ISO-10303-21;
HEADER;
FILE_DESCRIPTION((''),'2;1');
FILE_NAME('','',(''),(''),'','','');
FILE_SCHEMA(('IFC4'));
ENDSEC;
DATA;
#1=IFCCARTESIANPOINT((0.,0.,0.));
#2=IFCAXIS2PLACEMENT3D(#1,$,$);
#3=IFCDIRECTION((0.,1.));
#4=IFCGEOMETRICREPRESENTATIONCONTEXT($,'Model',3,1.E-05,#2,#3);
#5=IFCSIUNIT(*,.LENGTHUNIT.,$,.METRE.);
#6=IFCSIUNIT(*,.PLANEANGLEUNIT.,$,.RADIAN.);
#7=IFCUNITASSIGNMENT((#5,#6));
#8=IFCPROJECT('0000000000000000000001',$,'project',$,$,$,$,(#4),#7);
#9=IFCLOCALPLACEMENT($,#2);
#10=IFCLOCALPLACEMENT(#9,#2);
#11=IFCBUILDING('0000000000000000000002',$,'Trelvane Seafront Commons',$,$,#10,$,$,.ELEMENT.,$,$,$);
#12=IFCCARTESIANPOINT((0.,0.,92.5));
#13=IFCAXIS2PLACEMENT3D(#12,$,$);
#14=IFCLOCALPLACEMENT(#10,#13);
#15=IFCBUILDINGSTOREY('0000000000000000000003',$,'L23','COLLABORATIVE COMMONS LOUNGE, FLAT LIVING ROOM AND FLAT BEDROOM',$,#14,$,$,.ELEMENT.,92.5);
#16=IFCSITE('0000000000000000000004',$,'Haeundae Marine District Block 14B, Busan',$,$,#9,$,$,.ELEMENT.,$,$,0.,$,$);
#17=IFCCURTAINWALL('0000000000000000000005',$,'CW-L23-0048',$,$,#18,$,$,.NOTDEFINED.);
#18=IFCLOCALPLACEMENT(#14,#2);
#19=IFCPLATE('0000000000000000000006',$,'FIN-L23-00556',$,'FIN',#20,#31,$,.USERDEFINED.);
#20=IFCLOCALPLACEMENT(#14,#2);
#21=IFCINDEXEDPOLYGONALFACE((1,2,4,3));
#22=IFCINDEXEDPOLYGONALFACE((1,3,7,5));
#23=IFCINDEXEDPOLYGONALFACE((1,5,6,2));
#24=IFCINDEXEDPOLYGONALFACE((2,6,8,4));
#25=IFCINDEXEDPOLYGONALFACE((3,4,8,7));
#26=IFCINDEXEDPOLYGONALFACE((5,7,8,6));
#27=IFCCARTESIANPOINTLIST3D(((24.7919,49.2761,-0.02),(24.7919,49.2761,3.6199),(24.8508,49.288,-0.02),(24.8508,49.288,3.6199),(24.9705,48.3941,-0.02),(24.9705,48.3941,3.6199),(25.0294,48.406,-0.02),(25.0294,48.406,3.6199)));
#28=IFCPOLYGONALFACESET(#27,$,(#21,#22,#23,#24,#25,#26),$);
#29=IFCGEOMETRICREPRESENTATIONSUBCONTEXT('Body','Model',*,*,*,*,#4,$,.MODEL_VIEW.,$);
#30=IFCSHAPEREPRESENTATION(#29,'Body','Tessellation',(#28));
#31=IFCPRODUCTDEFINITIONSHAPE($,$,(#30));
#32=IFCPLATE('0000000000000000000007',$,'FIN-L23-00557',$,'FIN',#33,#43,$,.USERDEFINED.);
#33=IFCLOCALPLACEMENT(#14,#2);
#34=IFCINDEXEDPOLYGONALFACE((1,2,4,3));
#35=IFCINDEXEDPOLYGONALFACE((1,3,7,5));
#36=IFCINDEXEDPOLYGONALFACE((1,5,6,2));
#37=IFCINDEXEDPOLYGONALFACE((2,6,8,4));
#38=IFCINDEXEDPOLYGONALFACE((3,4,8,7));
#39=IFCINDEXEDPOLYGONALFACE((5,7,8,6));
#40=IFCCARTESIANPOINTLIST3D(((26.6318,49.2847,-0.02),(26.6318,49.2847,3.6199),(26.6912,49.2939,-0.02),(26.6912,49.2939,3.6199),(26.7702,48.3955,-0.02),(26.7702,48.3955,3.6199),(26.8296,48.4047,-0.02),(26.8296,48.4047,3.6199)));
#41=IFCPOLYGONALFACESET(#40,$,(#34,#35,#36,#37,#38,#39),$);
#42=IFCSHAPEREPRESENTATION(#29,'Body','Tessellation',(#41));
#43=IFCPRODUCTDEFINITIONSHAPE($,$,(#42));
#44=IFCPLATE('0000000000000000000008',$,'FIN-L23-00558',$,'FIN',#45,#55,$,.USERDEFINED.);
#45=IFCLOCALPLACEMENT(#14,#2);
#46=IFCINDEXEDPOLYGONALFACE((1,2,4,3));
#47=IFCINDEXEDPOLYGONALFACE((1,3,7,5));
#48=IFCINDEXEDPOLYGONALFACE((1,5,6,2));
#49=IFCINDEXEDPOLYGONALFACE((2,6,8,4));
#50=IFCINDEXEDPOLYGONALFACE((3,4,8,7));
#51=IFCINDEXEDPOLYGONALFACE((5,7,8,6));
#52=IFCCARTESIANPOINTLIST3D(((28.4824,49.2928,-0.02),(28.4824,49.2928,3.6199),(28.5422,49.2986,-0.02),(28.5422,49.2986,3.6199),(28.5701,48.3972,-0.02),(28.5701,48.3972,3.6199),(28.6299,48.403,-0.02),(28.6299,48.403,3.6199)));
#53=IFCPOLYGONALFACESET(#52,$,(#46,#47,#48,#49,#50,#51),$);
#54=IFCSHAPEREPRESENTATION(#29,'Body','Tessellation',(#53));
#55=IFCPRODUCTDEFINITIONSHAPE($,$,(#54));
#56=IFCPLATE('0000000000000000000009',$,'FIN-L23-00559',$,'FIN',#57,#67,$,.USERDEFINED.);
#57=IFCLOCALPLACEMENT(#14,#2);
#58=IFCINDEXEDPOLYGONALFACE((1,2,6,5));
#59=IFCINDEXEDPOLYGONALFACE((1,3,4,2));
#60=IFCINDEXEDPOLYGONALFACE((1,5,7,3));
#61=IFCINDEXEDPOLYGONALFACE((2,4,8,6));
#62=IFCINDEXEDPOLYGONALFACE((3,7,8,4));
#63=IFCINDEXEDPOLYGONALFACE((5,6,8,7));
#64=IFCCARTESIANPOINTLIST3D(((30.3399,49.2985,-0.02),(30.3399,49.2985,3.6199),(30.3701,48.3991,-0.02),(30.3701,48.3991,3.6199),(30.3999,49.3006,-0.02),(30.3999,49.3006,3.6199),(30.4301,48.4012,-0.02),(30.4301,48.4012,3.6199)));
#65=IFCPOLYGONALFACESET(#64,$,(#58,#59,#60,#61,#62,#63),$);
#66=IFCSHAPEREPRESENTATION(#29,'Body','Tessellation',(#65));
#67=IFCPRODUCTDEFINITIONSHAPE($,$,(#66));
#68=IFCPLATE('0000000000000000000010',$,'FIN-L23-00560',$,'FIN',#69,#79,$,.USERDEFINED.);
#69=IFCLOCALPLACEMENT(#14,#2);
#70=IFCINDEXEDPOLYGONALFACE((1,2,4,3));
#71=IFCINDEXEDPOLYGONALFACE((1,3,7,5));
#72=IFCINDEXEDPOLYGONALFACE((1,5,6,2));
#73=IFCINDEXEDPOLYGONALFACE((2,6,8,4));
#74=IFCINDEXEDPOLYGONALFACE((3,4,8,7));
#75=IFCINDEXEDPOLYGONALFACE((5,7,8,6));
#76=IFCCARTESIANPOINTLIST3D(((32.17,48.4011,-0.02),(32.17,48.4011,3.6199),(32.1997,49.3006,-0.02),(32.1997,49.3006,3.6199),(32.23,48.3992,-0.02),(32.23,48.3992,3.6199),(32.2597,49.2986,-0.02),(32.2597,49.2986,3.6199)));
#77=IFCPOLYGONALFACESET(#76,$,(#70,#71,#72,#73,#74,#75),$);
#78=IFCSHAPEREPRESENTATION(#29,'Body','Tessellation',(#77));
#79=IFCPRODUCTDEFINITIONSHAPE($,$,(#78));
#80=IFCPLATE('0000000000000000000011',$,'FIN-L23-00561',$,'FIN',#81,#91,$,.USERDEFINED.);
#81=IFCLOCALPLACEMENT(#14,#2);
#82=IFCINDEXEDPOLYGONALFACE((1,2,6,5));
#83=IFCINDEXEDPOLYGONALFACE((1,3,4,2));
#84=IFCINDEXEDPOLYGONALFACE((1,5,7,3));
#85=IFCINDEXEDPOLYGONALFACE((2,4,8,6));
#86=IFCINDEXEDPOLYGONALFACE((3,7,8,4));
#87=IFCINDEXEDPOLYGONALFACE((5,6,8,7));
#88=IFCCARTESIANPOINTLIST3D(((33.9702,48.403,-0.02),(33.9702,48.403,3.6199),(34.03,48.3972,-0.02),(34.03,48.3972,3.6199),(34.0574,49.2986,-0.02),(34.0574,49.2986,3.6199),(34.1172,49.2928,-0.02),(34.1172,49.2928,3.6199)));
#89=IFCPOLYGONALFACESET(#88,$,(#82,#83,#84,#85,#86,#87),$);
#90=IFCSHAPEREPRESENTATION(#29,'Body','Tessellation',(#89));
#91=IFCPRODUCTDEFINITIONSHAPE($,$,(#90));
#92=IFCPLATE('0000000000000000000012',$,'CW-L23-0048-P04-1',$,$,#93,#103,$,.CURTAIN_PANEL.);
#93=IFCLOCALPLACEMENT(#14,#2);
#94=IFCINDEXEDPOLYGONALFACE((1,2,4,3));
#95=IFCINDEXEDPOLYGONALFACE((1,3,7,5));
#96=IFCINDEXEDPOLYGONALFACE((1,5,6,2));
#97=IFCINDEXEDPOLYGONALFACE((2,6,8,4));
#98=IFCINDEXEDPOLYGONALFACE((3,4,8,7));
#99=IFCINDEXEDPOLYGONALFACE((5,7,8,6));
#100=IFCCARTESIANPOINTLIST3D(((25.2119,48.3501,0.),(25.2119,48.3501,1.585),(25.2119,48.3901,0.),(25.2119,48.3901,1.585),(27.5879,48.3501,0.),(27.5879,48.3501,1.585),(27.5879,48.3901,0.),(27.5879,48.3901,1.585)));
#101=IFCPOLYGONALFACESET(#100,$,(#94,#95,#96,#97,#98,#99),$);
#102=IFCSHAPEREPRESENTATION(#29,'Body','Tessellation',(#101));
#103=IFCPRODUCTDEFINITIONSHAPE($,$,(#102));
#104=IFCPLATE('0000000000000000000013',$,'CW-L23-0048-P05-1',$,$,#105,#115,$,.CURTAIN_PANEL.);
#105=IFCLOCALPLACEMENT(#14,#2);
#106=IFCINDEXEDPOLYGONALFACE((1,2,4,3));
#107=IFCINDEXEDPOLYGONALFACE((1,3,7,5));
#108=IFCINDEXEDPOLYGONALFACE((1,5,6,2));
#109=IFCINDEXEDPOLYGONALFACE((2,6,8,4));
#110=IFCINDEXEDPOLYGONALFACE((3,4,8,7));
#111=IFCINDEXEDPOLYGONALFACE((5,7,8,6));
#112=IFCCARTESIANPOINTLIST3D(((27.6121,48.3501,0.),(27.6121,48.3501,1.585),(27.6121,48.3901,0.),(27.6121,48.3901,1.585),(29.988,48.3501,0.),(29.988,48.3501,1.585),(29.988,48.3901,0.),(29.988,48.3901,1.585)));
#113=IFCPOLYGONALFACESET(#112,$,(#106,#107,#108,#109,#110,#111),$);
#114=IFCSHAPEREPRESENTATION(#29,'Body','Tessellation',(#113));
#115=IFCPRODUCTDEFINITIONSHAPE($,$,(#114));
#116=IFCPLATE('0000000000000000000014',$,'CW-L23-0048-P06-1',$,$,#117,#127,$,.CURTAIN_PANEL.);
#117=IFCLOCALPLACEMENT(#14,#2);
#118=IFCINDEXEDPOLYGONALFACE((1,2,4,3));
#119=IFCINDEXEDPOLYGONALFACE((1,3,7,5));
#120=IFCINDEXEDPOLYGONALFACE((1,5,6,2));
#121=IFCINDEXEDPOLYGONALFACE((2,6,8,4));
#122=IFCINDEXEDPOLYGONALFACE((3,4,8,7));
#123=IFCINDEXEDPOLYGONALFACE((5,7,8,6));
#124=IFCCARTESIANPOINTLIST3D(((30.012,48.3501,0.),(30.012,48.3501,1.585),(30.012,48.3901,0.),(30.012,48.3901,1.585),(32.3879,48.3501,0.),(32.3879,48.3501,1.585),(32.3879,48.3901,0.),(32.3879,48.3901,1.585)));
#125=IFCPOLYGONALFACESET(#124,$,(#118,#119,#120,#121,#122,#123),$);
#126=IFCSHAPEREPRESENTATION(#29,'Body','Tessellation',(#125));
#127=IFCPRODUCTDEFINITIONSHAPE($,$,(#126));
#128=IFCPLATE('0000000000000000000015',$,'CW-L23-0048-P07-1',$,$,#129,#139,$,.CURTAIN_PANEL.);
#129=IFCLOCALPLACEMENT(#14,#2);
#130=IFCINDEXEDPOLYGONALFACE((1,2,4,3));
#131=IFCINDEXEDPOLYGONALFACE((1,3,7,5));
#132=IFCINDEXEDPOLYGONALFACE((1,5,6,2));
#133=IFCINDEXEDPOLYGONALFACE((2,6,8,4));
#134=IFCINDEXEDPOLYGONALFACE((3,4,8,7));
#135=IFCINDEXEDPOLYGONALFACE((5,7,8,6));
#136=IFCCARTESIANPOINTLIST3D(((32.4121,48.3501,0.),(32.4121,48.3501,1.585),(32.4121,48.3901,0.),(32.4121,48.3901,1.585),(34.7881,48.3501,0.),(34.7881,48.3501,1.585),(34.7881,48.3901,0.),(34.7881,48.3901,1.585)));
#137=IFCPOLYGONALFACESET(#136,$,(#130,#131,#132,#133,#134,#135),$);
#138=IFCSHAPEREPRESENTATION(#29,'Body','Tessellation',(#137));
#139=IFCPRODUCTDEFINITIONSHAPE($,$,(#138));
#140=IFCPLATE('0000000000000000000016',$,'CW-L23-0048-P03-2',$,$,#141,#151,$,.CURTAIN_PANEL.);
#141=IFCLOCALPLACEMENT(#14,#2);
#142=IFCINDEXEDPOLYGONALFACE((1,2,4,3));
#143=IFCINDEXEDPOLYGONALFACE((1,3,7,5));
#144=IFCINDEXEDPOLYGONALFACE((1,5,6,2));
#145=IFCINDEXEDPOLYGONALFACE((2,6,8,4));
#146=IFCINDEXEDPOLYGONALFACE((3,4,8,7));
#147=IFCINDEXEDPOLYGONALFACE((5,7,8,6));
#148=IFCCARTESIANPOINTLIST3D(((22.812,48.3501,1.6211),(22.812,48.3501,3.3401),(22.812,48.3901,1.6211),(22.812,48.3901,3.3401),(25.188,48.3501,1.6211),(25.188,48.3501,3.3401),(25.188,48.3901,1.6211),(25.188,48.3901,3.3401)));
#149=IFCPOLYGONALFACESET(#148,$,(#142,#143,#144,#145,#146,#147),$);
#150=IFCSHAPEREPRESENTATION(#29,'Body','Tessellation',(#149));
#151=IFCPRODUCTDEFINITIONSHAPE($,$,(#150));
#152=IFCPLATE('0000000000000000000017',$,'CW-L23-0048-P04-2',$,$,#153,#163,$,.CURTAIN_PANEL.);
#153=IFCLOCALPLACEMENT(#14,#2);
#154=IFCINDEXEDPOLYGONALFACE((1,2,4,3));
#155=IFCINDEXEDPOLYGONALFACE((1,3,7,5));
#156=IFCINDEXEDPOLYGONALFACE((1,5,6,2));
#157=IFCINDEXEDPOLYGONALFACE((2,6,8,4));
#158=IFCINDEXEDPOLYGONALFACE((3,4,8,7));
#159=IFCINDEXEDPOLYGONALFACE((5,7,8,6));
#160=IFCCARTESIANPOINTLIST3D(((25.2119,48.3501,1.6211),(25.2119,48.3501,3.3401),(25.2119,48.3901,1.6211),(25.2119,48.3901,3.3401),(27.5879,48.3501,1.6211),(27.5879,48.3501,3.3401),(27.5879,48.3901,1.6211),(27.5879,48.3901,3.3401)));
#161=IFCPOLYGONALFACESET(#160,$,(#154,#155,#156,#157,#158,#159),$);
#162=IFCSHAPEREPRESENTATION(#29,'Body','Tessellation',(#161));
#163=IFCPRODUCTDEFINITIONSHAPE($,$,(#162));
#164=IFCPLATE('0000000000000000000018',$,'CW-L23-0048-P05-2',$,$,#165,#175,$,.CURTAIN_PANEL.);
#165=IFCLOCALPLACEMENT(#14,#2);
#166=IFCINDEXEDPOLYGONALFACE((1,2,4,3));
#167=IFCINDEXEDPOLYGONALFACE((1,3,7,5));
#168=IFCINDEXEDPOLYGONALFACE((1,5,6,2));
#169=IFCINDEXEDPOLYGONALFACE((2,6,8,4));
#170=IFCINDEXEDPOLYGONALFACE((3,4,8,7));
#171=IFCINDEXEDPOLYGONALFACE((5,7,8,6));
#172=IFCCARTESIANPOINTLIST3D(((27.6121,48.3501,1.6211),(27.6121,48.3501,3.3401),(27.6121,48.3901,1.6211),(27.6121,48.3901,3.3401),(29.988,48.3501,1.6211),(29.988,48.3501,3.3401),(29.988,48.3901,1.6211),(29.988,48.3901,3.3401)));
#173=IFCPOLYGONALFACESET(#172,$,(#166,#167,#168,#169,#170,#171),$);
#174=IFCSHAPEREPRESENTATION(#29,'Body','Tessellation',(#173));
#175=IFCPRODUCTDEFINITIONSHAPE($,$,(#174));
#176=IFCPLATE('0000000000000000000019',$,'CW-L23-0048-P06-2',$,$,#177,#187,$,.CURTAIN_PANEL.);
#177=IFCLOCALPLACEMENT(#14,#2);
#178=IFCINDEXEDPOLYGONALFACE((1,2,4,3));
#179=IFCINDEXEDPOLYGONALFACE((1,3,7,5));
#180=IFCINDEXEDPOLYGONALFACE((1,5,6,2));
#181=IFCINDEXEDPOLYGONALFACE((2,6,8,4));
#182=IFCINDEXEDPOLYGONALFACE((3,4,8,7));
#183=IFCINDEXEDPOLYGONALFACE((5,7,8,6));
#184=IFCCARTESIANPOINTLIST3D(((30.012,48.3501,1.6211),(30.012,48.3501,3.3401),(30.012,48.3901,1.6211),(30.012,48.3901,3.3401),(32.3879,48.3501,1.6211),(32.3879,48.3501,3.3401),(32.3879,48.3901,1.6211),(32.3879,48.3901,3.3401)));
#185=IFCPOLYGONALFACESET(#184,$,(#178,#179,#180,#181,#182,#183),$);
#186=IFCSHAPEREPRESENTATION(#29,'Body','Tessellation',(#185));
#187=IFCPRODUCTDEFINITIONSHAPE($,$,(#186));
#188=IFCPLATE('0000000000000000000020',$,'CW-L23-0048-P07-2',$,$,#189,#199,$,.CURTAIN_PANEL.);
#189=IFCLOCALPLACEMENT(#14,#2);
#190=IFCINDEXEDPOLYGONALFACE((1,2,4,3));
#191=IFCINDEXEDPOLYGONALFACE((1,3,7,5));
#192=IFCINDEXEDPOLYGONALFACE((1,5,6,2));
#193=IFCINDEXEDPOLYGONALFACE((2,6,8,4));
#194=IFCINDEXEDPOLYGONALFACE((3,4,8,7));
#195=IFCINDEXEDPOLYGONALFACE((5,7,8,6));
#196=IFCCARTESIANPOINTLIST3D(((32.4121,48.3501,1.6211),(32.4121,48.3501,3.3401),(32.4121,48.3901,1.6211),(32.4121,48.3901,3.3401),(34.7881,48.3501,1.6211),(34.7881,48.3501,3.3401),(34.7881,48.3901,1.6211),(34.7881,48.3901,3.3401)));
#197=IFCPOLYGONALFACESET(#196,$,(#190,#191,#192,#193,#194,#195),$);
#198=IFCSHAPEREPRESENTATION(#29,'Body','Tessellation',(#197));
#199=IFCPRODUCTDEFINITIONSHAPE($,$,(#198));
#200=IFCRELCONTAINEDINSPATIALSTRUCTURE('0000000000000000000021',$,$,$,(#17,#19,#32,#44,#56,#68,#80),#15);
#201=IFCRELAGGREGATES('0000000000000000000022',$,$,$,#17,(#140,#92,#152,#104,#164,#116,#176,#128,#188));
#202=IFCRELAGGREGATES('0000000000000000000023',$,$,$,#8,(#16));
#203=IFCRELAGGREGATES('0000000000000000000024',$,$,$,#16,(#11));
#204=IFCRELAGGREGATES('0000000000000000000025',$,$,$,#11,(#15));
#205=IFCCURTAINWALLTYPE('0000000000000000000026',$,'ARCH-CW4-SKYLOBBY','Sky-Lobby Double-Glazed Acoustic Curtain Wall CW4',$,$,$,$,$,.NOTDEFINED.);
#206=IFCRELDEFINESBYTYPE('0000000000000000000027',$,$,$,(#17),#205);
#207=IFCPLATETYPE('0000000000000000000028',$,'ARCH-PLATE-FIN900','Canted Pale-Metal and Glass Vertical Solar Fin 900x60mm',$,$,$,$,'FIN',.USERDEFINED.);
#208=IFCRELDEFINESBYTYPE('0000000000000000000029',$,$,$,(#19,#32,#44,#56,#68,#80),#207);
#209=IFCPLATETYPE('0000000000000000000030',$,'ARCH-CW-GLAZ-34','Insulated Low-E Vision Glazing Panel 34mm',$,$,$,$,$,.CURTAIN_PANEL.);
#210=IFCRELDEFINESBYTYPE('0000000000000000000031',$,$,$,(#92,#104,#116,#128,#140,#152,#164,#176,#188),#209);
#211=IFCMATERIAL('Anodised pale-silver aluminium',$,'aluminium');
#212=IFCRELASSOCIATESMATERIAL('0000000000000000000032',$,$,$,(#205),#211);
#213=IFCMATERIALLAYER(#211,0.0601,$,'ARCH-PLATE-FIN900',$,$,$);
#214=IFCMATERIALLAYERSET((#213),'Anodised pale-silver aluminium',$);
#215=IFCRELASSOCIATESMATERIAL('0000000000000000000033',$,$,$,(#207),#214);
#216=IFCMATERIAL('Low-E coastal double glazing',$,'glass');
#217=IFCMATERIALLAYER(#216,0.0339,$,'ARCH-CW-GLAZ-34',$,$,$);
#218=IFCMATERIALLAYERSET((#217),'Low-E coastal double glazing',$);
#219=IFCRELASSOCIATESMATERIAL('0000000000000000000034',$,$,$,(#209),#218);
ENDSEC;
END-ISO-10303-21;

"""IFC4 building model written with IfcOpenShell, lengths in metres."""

from ifc_helpers import new_model, si_unit, direction, frame, origin, origin_2d, place, context, subcontext, project, spatial, rectangle, extrude, source, transform, mapped, material, layer, layer_set, type_object, element, aggregate, save


model = new_model("IFC4")

# Units and contexts
model_context = context("Model", 3, precision=1e-05, world=origin(), true_north=direction((0.0, 1.0)))
body_context = subcontext(model_context, "Body", "Model", "MODEL_VIEW")
ifc_project = project(units=[si_unit("LENGTHUNIT", "METRE"), si_unit("PLANEANGLEUNIT", "RADIAN")], contexts=[model_context])

# Site, building, storey
site_placement = place(None, origin())
site = spatial("IfcSite", under=ifc_project, at=site_placement, Name="Haeundae Marine District Block 14B, Busan", CompositionType="ELEMENT", RefElevation=0.0)
building_placement = place(site_placement, origin())
building = spatial("IfcBuilding", under=site, at=building_placement, Name="Trelvane Seafront Commons", CompositionType="ELEMENT")
storey_placement = place(building_placement, frame((0.0, 0.0, 92.5)))
storey = spatial("IfcBuildingStorey", under=building, at=storey_placement, Name="L23", Description="COLLABORATIVE COMMONS LOUNGE, FLAT LIVING ROOM AND FLAT BEDROOM", CompositionType="ELEMENT", Elevation=92.5)

# Curtain wall
ifc_material_1 = material(Name="Anodised pale-silver aluminium", Category="aluminium")
curtain_wall_type = type_object("IfcCurtainWallType", Name="ARCH-CW4-SKYLOBBY", Description="Sky-Lobby Double-Glazed Acoustic Curtain Wall CW4", PredefinedType="NOTDEFINED", material=ifc_material_1)
curtain_wall_placement = place(storey_placement, origin())
curtain_wall = element("IfcCurtainWall", 1, at=curtain_wall_placement, inside=storey, type_object=curtain_wall_type, Name="CW-L23-0048", PredefinedType="NOTDEFINED")

# Plates
ifc_layer_1 = layer(ifc_material_1, 0.0601, Name="ARCH-PLATE-FIN900")
ifc_layer_set_1 = layer_set([ifc_layer_1], Name="Anodised pale-silver aluminium")
plate_type_1 = type_object("IfcPlateType", Name="ARCH-PLATE-FIN900", Description="Canted Pale-Metal and Glass Vertical Solar Fin 900x60mm", ElementType="FIN", PredefinedType="USERDEFINED", material=ifc_layer_set_1)
shared_shape_1 = source(origin(), body_context, "Body", "SweptSolid", [
    extrude(rectangle(XDim=0.8999, YDim=0.0601, at=origin_2d()), origin(), (0.0, 0.0, 1.0), 3.6399),
])
for number, where, z_axis, x_axis, name in (
    (2, (24.9106, 48.8411, -0.02), (0.0, 0.0, 1.0), (-0.198444, 0.980112, 0.0), "FIN-L23-00556"),
    (3, (26.7307, 48.8447, -0.02), (0.0, 0.0, 1.0), (-0.153777, 0.988106, 0.0), "FIN-L23-00557"),
    (4, (28.5562, 48.8479, -0.02), (0.0, 0.0, 1.0), (-0.097446, 0.995241, 0.0), "FIN-L23-00558"),
    (5, (30.385, 48.8499, -0.02), (0.0, 0.0, 1.0), (-0.033555, 0.999437, 0.0), "FIN-L23-00559"),
    (6, (32.2148, 48.8499, -0.02), (0.0, 0.0, 1.0), (0.033, 0.999455, 0.0), "FIN-L23-00560"),
    (7, (34.0437, 48.8479, -0.02), (0.0, 0.0, 1.0), (0.096885, 0.995296, 0.0), "FIN-L23-00561"),
):
    element("IfcPlate", number, at=place(storey_placement, frame(where, z_axis=z_axis, x_axis=x_axis)), inside=storey, type_object=plate_type_1, Name=name, ObjectType="FIN", PredefinedType="USERDEFINED", context=body_context, shape_type="MappedRepresentation", body=[
        mapped(shared_shape_1, transform((0.0, 0.0, 0.0), x_axis=(1.0, 0.0, 0.0), y_axis=(0.0, 1.0, 0.0), z_axis=(0.0, 0.0, 1.0), scale=1.0)),
    ])

# Plates
ifc_material_2 = material(Name="Low-E coastal double glazing", Category="glass")
ifc_layer_2 = layer(ifc_material_2, 0.0339, Name="ARCH-CW-GLAZ-34")
ifc_layer_set_2 = layer_set([ifc_layer_2], Name="Low-E coastal double glazing")
plate_type_2 = type_object("IfcPlateType", Name="ARCH-CW-GLAZ-34", Description="Insulated Low-E Vision Glazing Panel 34mm", PredefinedType="CURTAIN_PANEL", material=ifc_layer_set_2)
shared_shape_2 = source(origin(), body_context, "Body", "SweptSolid", [
    extrude(rectangle(XDim=2.376, YDim=0.04, at=origin_2d()), origin(), (0.0, 0.0, 1.0), 1.585),
])
plate_1_placement = place(storey_placement, frame((26.3999, 48.3701, 0.0), z_axis=(0.0, 0.0, 1.0), x_axis=(1.0, 0.0, 0.0)))
plate_1 = element("IfcPlate", 8, at=plate_1_placement, type_object=plate_type_2, Name="CW-L23-0048-P04-1", PredefinedType="CURTAIN_PANEL", context=body_context, shape_type="MappedRepresentation", body=[
    mapped(shared_shape_2, transform((0.0, 0.0, 0.0), x_axis=(1.0, 0.0, 0.0), y_axis=(0.0, 1.0, 0.0), z_axis=(0.0, 0.0, 1.0), scale=1.0)),
])
plate_2_placement = place(storey_placement, frame((28.8, 48.3701, 0.0), z_axis=(0.0, 0.0, 1.0), x_axis=(1.0, 0.0, 0.0)))
plate_2 = element("IfcPlate", 9, at=plate_2_placement, type_object=plate_type_2, Name="CW-L23-0048-P05-1", PredefinedType="CURTAIN_PANEL", context=body_context, shape_type="MappedRepresentation", body=[
    mapped(shared_shape_2, transform((0.0, 0.0, 0.0), x_axis=(1.0, 0.0, 0.0), y_axis=(0.0, 1.0, 0.0), z_axis=(0.0, 0.0, 1.0), scale=1.0)),
])
plate_3_placement = place(storey_placement, frame((31.2, 48.3701, 0.0), z_axis=(0.0, 0.0, 1.0), x_axis=(1.0, 0.0, 0.0)))
plate_3 = element("IfcPlate", 10, at=plate_3_placement, type_object=plate_type_2, Name="CW-L23-0048-P06-1", PredefinedType="CURTAIN_PANEL", context=body_context, shape_type="MappedRepresentation", body=[
    mapped(shared_shape_2, transform((0.0, 0.0, 0.0), x_axis=(1.0, 0.0, 0.0), y_axis=(0.0, 1.0, 0.0), z_axis=(0.0, 0.0, 1.0), scale=1.0)),
])
plate_4_placement = place(storey_placement, frame((33.6001, 48.3701, 0.0), z_axis=(0.0, 0.0, 1.0), x_axis=(1.0, 0.0, 0.0)))
plate_4 = element("IfcPlate", 11, at=plate_4_placement, type_object=plate_type_2, Name="CW-L23-0048-P07-1", PredefinedType="CURTAIN_PANEL", context=body_context, shape_type="MappedRepresentation", body=[
    mapped(shared_shape_2, transform((0.0, 0.0, 0.0), x_axis=(1.0, 0.0, 0.0), y_axis=(0.0, 1.0, 0.0), z_axis=(0.0, 0.0, 1.0), scale=1.0)),
])
shared_shape_3 = source(origin(), body_context, "Body", "SweptSolid", [
    extrude(rectangle(XDim=2.376, YDim=0.04, at=origin_2d()), origin(), (0.0, 0.0, 1.0), 1.719),
])
plate_5_placement = place(storey_placement, frame((24.0, 48.3701, 1.6211), z_axis=(0.0, 0.0, 1.0), x_axis=(1.0, 0.0, 0.0)))
plate_5 = element("IfcPlate", 12, at=plate_5_placement, type_object=plate_type_2, Name="CW-L23-0048-P03-2", PredefinedType="CURTAIN_PANEL", context=body_context, shape_type="MappedRepresentation", body=[
    mapped(shared_shape_3, transform((0.0, 0.0, 0.0), x_axis=(1.0, 0.0, 0.0), y_axis=(0.0, 1.0, 0.0), z_axis=(0.0, 0.0, 1.0), scale=1.0)),
])
plate_6_placement = place(storey_placement, frame((26.3999, 48.3701, 1.6211), z_axis=(0.0, 0.0, 1.0), x_axis=(1.0, 0.0, 0.0)))
plate_6 = element("IfcPlate", 13, at=plate_6_placement, type_object=plate_type_2, Name="CW-L23-0048-P04-2", PredefinedType="CURTAIN_PANEL", context=body_context, shape_type="MappedRepresentation", body=[
    mapped(shared_shape_3, transform((0.0, 0.0, 0.0), x_axis=(1.0, 0.0, 0.0), y_axis=(0.0, 1.0, 0.0), z_axis=(0.0, 0.0, 1.0), scale=1.0)),
])
plate_7_placement = place(storey_placement, frame((28.8, 48.3701, 1.6211), z_axis=(0.0, 0.0, 1.0), x_axis=(1.0, 0.0, 0.0)))
plate_7 = element("IfcPlate", 14, at=plate_7_placement, type_object=plate_type_2, Name="CW-L23-0048-P05-2", PredefinedType="CURTAIN_PANEL", context=body_context, shape_type="MappedRepresentation", body=[
    mapped(shared_shape_3, transform((0.0, 0.0, 0.0), x_axis=(1.0, 0.0, 0.0), y_axis=(0.0, 1.0, 0.0), z_axis=(0.0, 0.0, 1.0), scale=1.0)),
])
plate_8_placement = place(storey_placement, frame((31.2, 48.3701, 1.6211), z_axis=(0.0, 0.0, 1.0), x_axis=(1.0, 0.0, 0.0)))
plate_8 = element("IfcPlate", 15, at=plate_8_placement, type_object=plate_type_2, Name="CW-L23-0048-P06-2", PredefinedType="CURTAIN_PANEL", context=body_context, shape_type="MappedRepresentation", body=[
    mapped(shared_shape_3, transform((0.0, 0.0, 0.0), x_axis=(1.0, 0.0, 0.0), y_axis=(0.0, 1.0, 0.0), z_axis=(0.0, 0.0, 1.0), scale=1.0)),
])
plate_9_placement = place(storey_placement, frame((33.6001, 48.3701, 1.6211), z_axis=(0.0, 0.0, 1.0), x_axis=(1.0, 0.0, 0.0)))
plate_9 = element("IfcPlate", 16, at=plate_9_placement, type_object=plate_type_2, Name="CW-L23-0048-P07-2", PredefinedType="CURTAIN_PANEL", context=body_context, shape_type="MappedRepresentation", body=[
    mapped(shared_shape_3, transform((0.0, 0.0, 0.0), x_axis=(1.0, 0.0, 0.0), y_axis=(0.0, 1.0, 0.0), z_axis=(0.0, 0.0, 1.0), scale=1.0)),
])
aggregate(curtain_wall, [plate_5, plate_1, plate_6, plate_2, plate_7, plate_3, plate_8, plate_4, plate_9])

save(model, "model.ifc")
